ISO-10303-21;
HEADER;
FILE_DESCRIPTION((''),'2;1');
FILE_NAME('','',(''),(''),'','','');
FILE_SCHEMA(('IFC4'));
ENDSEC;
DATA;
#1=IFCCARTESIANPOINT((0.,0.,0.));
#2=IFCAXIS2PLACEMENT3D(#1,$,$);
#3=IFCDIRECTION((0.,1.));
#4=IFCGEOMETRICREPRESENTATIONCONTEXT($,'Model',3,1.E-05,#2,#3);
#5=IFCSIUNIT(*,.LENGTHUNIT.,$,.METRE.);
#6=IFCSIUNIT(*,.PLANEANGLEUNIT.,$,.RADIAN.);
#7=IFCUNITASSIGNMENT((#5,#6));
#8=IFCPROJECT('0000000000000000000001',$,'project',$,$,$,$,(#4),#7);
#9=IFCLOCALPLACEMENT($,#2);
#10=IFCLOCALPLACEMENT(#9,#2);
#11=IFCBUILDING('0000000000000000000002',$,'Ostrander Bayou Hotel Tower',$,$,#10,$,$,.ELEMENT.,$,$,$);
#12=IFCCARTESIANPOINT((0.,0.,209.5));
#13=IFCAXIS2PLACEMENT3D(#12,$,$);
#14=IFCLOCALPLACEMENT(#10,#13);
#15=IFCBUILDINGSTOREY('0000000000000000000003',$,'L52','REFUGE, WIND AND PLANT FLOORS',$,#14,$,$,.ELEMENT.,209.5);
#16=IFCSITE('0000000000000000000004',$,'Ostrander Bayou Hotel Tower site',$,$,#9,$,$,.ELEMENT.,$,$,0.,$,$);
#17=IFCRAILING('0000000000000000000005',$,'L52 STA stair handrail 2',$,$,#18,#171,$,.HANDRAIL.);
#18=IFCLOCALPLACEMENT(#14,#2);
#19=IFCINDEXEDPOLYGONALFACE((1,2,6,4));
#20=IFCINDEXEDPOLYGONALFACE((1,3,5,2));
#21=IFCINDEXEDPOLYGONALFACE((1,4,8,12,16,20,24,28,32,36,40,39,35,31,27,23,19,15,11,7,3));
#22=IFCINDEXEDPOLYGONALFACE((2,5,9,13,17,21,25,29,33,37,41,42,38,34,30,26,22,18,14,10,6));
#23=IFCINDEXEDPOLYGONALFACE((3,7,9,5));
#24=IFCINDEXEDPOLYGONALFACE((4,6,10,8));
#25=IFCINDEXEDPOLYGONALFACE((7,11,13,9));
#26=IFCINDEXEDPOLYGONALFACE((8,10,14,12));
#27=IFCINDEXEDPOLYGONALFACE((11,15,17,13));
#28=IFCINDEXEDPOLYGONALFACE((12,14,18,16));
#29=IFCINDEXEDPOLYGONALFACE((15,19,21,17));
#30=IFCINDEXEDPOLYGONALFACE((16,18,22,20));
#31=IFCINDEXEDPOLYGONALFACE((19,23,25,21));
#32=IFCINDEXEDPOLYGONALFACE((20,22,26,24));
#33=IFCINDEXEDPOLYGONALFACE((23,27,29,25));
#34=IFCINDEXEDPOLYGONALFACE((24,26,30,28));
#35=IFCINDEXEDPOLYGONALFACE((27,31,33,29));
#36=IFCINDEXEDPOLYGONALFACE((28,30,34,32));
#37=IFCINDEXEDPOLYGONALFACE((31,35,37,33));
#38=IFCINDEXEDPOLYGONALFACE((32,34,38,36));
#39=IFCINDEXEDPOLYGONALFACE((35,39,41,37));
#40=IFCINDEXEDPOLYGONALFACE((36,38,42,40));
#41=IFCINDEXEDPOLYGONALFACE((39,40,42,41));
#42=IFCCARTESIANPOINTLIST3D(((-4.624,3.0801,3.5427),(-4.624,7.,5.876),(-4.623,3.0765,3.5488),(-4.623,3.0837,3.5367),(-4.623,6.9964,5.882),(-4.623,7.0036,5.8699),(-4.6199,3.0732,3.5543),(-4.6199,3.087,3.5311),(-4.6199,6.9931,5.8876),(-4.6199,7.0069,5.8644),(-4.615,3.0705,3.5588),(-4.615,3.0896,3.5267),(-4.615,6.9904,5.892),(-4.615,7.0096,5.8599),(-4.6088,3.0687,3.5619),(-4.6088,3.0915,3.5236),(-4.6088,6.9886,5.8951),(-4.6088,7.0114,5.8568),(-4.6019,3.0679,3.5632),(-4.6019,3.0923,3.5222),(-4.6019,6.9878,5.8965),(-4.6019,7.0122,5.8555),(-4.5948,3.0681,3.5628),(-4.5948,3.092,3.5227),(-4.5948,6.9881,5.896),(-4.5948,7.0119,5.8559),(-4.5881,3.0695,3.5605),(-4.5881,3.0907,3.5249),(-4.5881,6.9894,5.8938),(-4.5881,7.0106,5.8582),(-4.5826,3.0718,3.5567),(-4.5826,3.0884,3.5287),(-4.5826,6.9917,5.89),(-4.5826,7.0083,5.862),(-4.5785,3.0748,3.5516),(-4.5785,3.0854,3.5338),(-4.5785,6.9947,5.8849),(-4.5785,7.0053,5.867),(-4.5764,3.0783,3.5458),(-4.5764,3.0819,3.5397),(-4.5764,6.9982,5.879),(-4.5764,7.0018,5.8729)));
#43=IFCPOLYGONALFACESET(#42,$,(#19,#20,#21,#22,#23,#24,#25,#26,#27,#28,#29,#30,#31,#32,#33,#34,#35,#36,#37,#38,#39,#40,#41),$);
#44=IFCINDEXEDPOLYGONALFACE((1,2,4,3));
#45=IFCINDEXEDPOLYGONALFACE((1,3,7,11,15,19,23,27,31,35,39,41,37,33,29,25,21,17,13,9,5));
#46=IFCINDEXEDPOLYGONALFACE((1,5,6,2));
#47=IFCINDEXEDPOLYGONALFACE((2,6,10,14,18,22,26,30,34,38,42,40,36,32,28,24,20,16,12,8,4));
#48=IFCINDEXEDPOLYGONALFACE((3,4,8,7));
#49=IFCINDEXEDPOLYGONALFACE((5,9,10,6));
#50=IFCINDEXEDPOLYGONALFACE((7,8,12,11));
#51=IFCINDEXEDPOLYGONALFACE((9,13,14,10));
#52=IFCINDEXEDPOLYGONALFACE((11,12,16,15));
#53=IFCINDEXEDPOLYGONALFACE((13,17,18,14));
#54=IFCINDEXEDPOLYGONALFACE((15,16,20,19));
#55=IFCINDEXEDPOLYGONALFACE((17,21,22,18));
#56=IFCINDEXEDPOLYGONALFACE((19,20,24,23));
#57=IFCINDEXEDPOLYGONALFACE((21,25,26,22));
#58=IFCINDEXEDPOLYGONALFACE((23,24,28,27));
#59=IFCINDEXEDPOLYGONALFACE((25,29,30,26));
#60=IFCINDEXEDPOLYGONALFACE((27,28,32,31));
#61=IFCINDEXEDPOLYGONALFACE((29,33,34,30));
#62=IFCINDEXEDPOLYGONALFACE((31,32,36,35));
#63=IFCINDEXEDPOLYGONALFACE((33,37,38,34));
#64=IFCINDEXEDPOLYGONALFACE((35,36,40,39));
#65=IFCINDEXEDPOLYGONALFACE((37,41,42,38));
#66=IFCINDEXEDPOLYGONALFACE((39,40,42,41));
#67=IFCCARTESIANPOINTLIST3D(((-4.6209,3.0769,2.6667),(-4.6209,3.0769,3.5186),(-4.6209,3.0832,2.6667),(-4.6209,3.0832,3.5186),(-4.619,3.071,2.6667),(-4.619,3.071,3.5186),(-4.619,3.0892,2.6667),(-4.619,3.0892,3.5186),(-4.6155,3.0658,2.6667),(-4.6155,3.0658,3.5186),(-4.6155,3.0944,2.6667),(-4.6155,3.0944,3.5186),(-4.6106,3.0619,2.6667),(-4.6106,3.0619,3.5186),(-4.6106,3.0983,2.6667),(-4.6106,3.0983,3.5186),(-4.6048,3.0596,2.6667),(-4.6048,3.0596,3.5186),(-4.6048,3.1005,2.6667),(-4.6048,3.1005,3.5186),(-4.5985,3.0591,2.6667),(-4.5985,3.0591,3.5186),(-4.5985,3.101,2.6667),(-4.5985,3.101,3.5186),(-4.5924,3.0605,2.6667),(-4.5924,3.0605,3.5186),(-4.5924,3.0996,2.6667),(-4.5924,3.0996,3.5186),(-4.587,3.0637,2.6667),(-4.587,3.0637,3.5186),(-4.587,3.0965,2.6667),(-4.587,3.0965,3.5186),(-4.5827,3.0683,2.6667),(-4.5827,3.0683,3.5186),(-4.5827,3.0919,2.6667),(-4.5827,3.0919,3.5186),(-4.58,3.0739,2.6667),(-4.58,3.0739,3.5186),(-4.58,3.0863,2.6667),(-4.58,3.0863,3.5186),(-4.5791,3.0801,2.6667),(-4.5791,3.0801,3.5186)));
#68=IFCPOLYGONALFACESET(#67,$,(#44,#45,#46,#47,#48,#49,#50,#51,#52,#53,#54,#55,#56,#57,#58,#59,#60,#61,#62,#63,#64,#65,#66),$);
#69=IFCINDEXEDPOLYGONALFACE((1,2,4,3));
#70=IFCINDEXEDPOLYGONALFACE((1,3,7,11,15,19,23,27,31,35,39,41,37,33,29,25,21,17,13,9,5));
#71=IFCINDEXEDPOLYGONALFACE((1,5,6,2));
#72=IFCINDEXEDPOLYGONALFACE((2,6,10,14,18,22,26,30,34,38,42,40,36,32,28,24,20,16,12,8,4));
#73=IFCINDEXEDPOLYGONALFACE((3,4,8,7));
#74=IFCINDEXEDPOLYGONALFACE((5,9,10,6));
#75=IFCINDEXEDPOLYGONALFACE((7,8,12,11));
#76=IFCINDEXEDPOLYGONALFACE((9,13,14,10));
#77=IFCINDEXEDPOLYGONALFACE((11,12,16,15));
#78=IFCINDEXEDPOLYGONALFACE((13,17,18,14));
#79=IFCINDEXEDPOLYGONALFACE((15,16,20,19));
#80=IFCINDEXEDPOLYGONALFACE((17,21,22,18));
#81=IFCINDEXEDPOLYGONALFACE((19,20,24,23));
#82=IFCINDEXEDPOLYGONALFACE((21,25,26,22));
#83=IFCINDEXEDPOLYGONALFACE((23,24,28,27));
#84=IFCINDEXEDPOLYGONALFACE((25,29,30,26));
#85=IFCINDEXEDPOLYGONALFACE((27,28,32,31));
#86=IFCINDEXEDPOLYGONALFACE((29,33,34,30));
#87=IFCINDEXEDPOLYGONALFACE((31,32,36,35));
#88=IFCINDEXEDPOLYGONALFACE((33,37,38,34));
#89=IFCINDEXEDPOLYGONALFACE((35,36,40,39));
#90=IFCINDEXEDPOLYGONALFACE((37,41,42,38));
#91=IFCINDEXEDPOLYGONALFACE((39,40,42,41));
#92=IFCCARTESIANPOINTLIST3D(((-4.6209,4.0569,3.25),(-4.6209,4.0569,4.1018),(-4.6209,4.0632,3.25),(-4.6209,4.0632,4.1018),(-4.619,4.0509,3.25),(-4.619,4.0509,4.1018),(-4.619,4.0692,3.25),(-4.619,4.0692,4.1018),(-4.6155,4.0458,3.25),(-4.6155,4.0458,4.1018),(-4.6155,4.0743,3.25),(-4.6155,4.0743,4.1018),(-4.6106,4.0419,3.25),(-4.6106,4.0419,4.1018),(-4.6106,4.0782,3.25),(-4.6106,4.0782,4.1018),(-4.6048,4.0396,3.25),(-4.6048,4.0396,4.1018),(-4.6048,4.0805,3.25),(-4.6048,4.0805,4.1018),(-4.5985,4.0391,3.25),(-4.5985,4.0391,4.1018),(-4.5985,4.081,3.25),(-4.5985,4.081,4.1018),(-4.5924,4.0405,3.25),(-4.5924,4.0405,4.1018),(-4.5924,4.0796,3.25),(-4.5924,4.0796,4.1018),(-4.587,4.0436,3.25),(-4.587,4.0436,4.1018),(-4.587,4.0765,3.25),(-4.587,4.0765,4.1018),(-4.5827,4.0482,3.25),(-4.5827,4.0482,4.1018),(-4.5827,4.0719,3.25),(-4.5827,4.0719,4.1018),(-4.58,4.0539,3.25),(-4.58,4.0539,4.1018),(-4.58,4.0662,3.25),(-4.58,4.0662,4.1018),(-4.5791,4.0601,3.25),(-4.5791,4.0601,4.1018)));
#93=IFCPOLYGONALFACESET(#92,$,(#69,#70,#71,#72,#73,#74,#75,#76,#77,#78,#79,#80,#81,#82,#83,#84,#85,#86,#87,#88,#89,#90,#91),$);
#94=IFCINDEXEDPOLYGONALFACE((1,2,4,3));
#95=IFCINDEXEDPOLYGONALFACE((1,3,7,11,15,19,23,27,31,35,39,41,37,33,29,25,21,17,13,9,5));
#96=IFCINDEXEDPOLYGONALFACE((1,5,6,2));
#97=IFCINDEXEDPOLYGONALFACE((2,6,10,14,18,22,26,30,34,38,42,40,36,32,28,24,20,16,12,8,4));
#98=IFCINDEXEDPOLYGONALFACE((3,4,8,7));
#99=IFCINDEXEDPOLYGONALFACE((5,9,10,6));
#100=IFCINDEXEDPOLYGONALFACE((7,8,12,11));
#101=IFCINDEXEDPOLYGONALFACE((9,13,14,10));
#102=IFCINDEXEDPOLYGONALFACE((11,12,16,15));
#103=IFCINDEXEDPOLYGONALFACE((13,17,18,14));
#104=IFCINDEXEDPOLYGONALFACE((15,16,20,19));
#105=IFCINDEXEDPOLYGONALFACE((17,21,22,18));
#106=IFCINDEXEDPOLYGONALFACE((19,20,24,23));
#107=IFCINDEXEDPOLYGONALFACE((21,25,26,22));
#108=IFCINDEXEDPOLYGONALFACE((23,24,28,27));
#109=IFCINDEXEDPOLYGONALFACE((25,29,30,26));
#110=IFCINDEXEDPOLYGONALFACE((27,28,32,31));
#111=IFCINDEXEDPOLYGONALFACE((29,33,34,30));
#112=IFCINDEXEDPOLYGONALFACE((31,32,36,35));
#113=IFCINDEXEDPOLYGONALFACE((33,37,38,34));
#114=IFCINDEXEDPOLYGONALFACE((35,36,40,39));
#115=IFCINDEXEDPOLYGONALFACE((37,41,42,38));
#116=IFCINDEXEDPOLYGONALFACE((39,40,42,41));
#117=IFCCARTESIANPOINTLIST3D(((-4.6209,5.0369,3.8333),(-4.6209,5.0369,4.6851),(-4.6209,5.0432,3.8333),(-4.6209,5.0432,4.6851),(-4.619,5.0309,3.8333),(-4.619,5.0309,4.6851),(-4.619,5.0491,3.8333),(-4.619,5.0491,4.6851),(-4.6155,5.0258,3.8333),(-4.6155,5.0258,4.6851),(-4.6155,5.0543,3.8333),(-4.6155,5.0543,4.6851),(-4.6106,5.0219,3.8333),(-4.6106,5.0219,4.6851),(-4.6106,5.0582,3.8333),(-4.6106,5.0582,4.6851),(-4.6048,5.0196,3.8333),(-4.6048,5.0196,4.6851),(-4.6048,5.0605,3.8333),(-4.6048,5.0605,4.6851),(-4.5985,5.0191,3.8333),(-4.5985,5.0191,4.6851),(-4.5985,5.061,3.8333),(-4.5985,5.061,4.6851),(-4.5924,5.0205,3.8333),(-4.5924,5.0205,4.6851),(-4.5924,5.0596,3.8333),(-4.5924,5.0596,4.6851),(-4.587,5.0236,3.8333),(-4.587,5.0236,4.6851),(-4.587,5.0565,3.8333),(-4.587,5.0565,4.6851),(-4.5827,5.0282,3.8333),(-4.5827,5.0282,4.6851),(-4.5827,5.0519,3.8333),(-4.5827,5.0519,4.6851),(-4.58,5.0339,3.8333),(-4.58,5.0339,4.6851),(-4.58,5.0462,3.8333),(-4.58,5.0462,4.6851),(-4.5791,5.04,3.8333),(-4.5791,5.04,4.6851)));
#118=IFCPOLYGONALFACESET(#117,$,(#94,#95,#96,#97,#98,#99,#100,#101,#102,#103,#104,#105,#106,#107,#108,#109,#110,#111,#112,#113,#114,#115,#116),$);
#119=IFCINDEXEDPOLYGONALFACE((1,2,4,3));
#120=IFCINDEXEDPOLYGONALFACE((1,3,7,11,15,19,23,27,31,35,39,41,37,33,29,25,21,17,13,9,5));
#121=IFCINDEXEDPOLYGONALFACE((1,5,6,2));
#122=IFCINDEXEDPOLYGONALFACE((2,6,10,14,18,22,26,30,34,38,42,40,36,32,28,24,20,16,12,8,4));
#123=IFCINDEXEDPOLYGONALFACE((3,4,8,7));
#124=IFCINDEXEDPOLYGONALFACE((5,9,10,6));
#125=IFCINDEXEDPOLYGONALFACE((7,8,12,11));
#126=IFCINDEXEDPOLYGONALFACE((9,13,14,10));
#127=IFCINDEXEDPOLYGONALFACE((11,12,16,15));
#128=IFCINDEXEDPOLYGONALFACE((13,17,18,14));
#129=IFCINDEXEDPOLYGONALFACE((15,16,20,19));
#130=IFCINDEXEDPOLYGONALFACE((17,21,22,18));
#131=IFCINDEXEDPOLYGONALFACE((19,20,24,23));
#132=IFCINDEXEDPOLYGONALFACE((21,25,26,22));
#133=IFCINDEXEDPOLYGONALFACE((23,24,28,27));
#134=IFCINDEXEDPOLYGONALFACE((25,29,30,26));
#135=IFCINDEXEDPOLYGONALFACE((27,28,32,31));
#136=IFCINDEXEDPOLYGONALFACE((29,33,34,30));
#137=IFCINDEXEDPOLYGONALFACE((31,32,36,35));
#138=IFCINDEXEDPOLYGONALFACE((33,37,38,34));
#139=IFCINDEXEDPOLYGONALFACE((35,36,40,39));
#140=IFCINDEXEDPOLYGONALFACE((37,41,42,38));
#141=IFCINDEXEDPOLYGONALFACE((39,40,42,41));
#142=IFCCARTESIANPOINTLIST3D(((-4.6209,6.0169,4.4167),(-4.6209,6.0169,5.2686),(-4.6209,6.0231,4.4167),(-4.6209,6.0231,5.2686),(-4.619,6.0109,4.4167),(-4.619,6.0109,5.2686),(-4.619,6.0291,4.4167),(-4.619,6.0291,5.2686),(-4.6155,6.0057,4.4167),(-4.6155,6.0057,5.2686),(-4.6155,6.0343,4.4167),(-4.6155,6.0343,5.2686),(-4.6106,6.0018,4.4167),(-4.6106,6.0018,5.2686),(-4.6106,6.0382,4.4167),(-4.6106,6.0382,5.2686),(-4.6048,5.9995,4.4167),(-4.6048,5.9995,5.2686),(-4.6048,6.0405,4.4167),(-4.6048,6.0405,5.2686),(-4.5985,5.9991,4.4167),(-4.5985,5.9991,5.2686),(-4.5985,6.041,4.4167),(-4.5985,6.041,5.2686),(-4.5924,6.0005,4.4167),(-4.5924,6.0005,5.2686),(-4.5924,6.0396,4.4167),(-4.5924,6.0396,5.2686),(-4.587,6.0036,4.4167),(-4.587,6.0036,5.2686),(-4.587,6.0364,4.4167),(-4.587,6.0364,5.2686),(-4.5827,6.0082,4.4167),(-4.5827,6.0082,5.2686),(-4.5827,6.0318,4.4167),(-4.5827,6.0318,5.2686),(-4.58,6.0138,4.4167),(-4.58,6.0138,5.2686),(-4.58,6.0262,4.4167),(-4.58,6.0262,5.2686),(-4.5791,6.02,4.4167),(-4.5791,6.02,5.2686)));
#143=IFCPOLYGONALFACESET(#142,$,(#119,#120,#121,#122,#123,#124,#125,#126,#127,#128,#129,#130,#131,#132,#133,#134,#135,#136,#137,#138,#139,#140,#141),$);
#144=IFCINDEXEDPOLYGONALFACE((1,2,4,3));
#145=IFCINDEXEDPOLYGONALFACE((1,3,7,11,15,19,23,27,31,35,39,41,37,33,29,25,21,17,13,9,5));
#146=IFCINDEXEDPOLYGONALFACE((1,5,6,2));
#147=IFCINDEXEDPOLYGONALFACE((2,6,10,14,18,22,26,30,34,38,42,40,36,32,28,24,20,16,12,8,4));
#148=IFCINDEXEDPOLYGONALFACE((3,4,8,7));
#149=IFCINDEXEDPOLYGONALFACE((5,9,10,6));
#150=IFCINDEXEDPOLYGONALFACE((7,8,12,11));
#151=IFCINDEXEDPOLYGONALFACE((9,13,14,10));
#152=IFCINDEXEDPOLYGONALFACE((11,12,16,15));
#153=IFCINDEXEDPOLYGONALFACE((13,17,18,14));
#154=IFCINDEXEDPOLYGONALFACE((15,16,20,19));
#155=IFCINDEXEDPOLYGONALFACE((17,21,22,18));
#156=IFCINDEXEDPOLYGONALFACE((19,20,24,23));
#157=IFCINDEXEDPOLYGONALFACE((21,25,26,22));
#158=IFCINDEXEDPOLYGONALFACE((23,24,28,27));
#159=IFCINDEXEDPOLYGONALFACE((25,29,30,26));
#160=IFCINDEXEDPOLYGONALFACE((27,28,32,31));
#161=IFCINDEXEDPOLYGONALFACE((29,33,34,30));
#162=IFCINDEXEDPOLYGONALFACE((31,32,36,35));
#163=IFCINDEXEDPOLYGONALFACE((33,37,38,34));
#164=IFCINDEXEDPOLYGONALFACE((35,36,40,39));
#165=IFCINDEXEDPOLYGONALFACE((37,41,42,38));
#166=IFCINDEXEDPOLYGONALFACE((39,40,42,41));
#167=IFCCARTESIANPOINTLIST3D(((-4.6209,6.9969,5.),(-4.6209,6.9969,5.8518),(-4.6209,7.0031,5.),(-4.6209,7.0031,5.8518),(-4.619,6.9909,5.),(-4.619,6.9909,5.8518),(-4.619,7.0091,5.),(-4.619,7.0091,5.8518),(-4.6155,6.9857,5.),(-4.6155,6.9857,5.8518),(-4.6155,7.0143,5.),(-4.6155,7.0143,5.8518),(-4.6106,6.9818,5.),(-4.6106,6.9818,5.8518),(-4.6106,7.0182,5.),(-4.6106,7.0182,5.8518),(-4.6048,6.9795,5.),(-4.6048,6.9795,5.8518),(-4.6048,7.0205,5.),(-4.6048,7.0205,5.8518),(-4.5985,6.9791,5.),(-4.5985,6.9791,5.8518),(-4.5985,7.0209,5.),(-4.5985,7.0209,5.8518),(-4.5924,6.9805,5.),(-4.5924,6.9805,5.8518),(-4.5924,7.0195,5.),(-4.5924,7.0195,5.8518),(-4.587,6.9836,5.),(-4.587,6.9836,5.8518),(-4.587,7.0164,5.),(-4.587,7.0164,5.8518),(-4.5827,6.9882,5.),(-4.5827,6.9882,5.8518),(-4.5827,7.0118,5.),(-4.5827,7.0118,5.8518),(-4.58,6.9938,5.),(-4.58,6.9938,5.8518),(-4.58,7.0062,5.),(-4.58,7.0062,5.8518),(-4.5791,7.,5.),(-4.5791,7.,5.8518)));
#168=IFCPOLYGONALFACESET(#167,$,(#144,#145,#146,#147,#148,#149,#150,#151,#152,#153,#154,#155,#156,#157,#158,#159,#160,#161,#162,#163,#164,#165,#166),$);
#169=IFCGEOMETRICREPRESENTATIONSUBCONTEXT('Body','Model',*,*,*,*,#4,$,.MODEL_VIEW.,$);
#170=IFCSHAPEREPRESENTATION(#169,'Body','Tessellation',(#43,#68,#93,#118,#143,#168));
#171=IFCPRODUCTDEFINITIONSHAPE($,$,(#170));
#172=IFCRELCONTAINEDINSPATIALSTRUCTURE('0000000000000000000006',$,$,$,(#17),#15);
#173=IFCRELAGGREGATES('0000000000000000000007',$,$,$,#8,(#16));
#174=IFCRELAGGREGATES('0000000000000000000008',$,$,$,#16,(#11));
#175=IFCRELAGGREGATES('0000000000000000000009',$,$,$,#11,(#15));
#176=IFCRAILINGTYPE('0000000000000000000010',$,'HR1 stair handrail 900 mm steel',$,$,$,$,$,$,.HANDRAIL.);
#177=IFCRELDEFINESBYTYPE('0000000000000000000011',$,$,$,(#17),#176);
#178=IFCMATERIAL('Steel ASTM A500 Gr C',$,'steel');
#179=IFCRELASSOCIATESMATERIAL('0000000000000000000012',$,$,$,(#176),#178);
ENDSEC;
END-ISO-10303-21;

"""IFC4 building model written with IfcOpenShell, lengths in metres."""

from ifc_helpers import new_model, si_unit, direction, frame, origin, origin_2d, place, context, subcontext, project, spatial, circle, extrude, material, type_object, element, save


model = new_model("IFC4")

# Units and contexts
model_context = context("Model", 3, precision=1e-05, world=origin(), true_north=direction((0.0, 1.0)))
body_context = subcontext(model_context, "Body", "Model", "MODEL_VIEW")
ifc_project = project(units=[si_unit("LENGTHUNIT", "METRE"), si_unit("PLANEANGLEUNIT", "RADIAN")], contexts=[model_context])

# Site, building, storey
site_placement = place(None, origin())
site = spatial("IfcSite", under=ifc_project, at=site_placement, Name="Ostrander Bayou Hotel Tower site", CompositionType="ELEMENT", RefElevation=0.0)
building_placement = place(site_placement, origin())
building = spatial("IfcBuilding", under=site, at=building_placement, Name="Ostrander Bayou Hotel Tower", CompositionType="ELEMENT")
storey_placement = place(building_placement, frame((0.0, 0.0, 209.5)))
storey = spatial("IfcBuildingStorey", under=building, at=storey_placement, Name="L52", Description="REFUGE, WIND AND PLANT FLOORS", CompositionType="ELEMENT", Elevation=209.5)

# Railing
ifc_material_1 = material(Name="Steel ASTM A500 Gr C", Category="steel")
railing_type_1 = type_object("IfcRailingType", Name="HR1 stair handrail 900 mm steel", PredefinedType="HANDRAIL", material=ifc_material_1)
railing_1_placement = place(storey_placement, frame((-4.6001, 3.0801, 2.6667)))
element("IfcRailing", 1, at=railing_1_placement, inside=storey, type_object=railing_type_1, Name="L52 STA stair handrail 2", PredefinedType="HANDRAIL", context=body_context, shape_type="SweptSolid", body=[
    extrude(circle(Radius=0.0239, at=origin_2d()), frame((0.0, 0.0, 0.876), z_axis=(0.0, 0.859296, 0.511478), x_axis=(-1.0, 0.0, 0.0)), (0.0, 0.0, 1.0), 4.5618),
    extrude(circle(Radius=0.021, at=origin_2d()), origin(), (0.0, 0.0, 1.0), 0.8518),
    extrude(circle(Radius=0.021, at=origin_2d()), frame((0.0, 0.98, 0.5833)), (0.0, 0.0, 1.0), 0.8518),
    extrude(circle(Radius=0.021, at=origin_2d()), frame((0.0, 1.96, 1.1665)), (0.0, 0.0, 1.0), 0.8518),
    extrude(circle(Radius=0.021, at=origin_2d()), frame((0.0, 2.9399, 1.75)), (0.0, 0.0, 1.0), 0.8518),
    extrude(circle(Radius=0.021, at=origin_2d()), frame((0.0, 3.9199, 2.3333)), (0.0, 0.0, 1.0), 0.8518),
])

save(model, "model.ifc")
